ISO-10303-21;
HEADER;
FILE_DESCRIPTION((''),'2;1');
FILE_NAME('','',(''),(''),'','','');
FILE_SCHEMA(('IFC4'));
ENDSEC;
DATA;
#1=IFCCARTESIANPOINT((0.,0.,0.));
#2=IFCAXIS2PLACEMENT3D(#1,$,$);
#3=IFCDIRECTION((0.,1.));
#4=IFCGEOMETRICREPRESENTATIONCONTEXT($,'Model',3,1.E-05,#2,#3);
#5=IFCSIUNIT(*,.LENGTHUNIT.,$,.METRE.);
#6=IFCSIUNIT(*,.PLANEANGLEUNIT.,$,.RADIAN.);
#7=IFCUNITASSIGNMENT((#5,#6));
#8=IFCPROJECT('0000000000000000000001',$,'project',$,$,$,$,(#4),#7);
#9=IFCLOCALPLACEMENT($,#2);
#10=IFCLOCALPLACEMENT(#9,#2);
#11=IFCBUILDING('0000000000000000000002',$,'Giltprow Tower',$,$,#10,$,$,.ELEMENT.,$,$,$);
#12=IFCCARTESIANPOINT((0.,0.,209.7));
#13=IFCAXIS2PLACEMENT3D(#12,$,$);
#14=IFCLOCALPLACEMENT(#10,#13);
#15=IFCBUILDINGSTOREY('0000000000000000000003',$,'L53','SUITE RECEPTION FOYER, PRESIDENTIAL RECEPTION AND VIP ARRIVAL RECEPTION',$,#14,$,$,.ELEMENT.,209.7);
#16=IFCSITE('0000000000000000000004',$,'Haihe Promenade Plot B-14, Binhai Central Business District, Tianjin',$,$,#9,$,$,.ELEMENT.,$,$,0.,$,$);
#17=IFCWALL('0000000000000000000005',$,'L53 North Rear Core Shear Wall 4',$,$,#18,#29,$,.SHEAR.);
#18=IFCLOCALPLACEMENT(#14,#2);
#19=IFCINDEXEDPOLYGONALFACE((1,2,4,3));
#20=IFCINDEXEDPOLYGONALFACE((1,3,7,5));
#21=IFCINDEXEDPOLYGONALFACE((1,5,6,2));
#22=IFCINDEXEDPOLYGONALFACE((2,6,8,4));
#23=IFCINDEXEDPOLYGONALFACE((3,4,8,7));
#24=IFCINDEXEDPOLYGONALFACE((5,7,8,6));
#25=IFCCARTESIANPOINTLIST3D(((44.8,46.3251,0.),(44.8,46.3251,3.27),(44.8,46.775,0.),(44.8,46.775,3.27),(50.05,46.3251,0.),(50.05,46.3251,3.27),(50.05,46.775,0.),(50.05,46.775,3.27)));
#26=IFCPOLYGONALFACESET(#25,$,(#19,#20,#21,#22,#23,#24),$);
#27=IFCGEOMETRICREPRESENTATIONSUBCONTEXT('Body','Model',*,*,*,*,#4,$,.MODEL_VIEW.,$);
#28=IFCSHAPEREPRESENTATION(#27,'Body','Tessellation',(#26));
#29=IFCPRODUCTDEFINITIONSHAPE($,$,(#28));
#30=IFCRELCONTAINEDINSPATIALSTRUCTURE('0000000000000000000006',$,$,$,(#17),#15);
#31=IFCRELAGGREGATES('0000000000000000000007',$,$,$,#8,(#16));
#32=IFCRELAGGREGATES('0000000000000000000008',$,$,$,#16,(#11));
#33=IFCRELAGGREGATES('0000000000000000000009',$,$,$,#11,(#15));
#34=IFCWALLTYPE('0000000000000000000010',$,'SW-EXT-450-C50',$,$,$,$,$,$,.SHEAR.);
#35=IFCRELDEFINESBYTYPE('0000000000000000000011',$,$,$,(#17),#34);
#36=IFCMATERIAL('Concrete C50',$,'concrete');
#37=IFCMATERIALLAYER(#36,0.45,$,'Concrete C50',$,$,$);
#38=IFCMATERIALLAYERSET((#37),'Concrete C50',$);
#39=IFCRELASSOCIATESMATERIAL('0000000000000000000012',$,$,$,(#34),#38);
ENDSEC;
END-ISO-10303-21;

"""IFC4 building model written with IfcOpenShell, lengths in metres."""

from ifc_helpers import new_model, si_unit, direction, frame, frame_2d, origin, place, context, subcontext, project, spatial, rectangle, extrude, material, layer, layer_set, type_object, element, save


model = new_model("IFC4")

# Units and contexts
model_context = context("Model", 3, precision=1e-05, world=origin(), true_north=direction((0.0, 1.0)))
body_context = subcontext(model_context, "Body", "Model", "MODEL_VIEW")
ifc_project = project(units=[si_unit("LENGTHUNIT", "METRE"), si_unit("PLANEANGLEUNIT", "RADIAN")], contexts=[model_context])

# Site, building, storey
site_placement = place(None, origin())
site = spatial("IfcSite", under=ifc_project, at=site_placement, Name="Haihe Promenade Plot B-14, Binhai Central Business District, Tianjin", CompositionType="ELEMENT", RefElevation=0.0)
building_placement = place(site_placement, origin())
building = spatial("IfcBuilding", under=site, at=building_placement, Name="Giltprow Tower", CompositionType="ELEMENT")
storey_placement = place(building_placement, frame((0.0, 0.0, 209.7)))
storey = spatial("IfcBuildingStorey", under=building, at=storey_placement, Name="L53", Description="SUITE RECEPTION FOYER, PRESIDENTIAL RECEPTION AND VIP ARRIVAL RECEPTION", CompositionType="ELEMENT", Elevation=209.7)

# Shared definitions
ifc_material_1 = material(Name="Concrete C50", Category="concrete")

# Wall
ifc_layer_1 = layer(ifc_material_1, 0.45, Name="Concrete C50")
ifc_layer_set_1 = layer_set([ifc_layer_1], Name="Concrete C50")
wall_type_1 = type_object("IfcWallType", Name="SW-EXT-450-C50", PredefinedType="SHEAR", material=ifc_layer_set_1)
wall_1_placement = place(storey_placement, frame((44.8, 46.55, 0.0), z_axis=(0.0, 0.0, 1.0), x_axis=(1.0, 0.0, 0.0)))
element("IfcWall", 1, at=wall_1_placement, inside=storey, type_object=wall_type_1, Name="L53 North Rear Core Shear Wall 4", PredefinedType="SHEAR", context=body_context, shape_type="SweptSolid", body=[
    extrude(rectangle(XDim=5.25, YDim=0.45, at=frame_2d((2.625, 0.0))), origin(), (0.0, 0.0, 1.0), 3.27),
])

save(model, "model.ifc")
